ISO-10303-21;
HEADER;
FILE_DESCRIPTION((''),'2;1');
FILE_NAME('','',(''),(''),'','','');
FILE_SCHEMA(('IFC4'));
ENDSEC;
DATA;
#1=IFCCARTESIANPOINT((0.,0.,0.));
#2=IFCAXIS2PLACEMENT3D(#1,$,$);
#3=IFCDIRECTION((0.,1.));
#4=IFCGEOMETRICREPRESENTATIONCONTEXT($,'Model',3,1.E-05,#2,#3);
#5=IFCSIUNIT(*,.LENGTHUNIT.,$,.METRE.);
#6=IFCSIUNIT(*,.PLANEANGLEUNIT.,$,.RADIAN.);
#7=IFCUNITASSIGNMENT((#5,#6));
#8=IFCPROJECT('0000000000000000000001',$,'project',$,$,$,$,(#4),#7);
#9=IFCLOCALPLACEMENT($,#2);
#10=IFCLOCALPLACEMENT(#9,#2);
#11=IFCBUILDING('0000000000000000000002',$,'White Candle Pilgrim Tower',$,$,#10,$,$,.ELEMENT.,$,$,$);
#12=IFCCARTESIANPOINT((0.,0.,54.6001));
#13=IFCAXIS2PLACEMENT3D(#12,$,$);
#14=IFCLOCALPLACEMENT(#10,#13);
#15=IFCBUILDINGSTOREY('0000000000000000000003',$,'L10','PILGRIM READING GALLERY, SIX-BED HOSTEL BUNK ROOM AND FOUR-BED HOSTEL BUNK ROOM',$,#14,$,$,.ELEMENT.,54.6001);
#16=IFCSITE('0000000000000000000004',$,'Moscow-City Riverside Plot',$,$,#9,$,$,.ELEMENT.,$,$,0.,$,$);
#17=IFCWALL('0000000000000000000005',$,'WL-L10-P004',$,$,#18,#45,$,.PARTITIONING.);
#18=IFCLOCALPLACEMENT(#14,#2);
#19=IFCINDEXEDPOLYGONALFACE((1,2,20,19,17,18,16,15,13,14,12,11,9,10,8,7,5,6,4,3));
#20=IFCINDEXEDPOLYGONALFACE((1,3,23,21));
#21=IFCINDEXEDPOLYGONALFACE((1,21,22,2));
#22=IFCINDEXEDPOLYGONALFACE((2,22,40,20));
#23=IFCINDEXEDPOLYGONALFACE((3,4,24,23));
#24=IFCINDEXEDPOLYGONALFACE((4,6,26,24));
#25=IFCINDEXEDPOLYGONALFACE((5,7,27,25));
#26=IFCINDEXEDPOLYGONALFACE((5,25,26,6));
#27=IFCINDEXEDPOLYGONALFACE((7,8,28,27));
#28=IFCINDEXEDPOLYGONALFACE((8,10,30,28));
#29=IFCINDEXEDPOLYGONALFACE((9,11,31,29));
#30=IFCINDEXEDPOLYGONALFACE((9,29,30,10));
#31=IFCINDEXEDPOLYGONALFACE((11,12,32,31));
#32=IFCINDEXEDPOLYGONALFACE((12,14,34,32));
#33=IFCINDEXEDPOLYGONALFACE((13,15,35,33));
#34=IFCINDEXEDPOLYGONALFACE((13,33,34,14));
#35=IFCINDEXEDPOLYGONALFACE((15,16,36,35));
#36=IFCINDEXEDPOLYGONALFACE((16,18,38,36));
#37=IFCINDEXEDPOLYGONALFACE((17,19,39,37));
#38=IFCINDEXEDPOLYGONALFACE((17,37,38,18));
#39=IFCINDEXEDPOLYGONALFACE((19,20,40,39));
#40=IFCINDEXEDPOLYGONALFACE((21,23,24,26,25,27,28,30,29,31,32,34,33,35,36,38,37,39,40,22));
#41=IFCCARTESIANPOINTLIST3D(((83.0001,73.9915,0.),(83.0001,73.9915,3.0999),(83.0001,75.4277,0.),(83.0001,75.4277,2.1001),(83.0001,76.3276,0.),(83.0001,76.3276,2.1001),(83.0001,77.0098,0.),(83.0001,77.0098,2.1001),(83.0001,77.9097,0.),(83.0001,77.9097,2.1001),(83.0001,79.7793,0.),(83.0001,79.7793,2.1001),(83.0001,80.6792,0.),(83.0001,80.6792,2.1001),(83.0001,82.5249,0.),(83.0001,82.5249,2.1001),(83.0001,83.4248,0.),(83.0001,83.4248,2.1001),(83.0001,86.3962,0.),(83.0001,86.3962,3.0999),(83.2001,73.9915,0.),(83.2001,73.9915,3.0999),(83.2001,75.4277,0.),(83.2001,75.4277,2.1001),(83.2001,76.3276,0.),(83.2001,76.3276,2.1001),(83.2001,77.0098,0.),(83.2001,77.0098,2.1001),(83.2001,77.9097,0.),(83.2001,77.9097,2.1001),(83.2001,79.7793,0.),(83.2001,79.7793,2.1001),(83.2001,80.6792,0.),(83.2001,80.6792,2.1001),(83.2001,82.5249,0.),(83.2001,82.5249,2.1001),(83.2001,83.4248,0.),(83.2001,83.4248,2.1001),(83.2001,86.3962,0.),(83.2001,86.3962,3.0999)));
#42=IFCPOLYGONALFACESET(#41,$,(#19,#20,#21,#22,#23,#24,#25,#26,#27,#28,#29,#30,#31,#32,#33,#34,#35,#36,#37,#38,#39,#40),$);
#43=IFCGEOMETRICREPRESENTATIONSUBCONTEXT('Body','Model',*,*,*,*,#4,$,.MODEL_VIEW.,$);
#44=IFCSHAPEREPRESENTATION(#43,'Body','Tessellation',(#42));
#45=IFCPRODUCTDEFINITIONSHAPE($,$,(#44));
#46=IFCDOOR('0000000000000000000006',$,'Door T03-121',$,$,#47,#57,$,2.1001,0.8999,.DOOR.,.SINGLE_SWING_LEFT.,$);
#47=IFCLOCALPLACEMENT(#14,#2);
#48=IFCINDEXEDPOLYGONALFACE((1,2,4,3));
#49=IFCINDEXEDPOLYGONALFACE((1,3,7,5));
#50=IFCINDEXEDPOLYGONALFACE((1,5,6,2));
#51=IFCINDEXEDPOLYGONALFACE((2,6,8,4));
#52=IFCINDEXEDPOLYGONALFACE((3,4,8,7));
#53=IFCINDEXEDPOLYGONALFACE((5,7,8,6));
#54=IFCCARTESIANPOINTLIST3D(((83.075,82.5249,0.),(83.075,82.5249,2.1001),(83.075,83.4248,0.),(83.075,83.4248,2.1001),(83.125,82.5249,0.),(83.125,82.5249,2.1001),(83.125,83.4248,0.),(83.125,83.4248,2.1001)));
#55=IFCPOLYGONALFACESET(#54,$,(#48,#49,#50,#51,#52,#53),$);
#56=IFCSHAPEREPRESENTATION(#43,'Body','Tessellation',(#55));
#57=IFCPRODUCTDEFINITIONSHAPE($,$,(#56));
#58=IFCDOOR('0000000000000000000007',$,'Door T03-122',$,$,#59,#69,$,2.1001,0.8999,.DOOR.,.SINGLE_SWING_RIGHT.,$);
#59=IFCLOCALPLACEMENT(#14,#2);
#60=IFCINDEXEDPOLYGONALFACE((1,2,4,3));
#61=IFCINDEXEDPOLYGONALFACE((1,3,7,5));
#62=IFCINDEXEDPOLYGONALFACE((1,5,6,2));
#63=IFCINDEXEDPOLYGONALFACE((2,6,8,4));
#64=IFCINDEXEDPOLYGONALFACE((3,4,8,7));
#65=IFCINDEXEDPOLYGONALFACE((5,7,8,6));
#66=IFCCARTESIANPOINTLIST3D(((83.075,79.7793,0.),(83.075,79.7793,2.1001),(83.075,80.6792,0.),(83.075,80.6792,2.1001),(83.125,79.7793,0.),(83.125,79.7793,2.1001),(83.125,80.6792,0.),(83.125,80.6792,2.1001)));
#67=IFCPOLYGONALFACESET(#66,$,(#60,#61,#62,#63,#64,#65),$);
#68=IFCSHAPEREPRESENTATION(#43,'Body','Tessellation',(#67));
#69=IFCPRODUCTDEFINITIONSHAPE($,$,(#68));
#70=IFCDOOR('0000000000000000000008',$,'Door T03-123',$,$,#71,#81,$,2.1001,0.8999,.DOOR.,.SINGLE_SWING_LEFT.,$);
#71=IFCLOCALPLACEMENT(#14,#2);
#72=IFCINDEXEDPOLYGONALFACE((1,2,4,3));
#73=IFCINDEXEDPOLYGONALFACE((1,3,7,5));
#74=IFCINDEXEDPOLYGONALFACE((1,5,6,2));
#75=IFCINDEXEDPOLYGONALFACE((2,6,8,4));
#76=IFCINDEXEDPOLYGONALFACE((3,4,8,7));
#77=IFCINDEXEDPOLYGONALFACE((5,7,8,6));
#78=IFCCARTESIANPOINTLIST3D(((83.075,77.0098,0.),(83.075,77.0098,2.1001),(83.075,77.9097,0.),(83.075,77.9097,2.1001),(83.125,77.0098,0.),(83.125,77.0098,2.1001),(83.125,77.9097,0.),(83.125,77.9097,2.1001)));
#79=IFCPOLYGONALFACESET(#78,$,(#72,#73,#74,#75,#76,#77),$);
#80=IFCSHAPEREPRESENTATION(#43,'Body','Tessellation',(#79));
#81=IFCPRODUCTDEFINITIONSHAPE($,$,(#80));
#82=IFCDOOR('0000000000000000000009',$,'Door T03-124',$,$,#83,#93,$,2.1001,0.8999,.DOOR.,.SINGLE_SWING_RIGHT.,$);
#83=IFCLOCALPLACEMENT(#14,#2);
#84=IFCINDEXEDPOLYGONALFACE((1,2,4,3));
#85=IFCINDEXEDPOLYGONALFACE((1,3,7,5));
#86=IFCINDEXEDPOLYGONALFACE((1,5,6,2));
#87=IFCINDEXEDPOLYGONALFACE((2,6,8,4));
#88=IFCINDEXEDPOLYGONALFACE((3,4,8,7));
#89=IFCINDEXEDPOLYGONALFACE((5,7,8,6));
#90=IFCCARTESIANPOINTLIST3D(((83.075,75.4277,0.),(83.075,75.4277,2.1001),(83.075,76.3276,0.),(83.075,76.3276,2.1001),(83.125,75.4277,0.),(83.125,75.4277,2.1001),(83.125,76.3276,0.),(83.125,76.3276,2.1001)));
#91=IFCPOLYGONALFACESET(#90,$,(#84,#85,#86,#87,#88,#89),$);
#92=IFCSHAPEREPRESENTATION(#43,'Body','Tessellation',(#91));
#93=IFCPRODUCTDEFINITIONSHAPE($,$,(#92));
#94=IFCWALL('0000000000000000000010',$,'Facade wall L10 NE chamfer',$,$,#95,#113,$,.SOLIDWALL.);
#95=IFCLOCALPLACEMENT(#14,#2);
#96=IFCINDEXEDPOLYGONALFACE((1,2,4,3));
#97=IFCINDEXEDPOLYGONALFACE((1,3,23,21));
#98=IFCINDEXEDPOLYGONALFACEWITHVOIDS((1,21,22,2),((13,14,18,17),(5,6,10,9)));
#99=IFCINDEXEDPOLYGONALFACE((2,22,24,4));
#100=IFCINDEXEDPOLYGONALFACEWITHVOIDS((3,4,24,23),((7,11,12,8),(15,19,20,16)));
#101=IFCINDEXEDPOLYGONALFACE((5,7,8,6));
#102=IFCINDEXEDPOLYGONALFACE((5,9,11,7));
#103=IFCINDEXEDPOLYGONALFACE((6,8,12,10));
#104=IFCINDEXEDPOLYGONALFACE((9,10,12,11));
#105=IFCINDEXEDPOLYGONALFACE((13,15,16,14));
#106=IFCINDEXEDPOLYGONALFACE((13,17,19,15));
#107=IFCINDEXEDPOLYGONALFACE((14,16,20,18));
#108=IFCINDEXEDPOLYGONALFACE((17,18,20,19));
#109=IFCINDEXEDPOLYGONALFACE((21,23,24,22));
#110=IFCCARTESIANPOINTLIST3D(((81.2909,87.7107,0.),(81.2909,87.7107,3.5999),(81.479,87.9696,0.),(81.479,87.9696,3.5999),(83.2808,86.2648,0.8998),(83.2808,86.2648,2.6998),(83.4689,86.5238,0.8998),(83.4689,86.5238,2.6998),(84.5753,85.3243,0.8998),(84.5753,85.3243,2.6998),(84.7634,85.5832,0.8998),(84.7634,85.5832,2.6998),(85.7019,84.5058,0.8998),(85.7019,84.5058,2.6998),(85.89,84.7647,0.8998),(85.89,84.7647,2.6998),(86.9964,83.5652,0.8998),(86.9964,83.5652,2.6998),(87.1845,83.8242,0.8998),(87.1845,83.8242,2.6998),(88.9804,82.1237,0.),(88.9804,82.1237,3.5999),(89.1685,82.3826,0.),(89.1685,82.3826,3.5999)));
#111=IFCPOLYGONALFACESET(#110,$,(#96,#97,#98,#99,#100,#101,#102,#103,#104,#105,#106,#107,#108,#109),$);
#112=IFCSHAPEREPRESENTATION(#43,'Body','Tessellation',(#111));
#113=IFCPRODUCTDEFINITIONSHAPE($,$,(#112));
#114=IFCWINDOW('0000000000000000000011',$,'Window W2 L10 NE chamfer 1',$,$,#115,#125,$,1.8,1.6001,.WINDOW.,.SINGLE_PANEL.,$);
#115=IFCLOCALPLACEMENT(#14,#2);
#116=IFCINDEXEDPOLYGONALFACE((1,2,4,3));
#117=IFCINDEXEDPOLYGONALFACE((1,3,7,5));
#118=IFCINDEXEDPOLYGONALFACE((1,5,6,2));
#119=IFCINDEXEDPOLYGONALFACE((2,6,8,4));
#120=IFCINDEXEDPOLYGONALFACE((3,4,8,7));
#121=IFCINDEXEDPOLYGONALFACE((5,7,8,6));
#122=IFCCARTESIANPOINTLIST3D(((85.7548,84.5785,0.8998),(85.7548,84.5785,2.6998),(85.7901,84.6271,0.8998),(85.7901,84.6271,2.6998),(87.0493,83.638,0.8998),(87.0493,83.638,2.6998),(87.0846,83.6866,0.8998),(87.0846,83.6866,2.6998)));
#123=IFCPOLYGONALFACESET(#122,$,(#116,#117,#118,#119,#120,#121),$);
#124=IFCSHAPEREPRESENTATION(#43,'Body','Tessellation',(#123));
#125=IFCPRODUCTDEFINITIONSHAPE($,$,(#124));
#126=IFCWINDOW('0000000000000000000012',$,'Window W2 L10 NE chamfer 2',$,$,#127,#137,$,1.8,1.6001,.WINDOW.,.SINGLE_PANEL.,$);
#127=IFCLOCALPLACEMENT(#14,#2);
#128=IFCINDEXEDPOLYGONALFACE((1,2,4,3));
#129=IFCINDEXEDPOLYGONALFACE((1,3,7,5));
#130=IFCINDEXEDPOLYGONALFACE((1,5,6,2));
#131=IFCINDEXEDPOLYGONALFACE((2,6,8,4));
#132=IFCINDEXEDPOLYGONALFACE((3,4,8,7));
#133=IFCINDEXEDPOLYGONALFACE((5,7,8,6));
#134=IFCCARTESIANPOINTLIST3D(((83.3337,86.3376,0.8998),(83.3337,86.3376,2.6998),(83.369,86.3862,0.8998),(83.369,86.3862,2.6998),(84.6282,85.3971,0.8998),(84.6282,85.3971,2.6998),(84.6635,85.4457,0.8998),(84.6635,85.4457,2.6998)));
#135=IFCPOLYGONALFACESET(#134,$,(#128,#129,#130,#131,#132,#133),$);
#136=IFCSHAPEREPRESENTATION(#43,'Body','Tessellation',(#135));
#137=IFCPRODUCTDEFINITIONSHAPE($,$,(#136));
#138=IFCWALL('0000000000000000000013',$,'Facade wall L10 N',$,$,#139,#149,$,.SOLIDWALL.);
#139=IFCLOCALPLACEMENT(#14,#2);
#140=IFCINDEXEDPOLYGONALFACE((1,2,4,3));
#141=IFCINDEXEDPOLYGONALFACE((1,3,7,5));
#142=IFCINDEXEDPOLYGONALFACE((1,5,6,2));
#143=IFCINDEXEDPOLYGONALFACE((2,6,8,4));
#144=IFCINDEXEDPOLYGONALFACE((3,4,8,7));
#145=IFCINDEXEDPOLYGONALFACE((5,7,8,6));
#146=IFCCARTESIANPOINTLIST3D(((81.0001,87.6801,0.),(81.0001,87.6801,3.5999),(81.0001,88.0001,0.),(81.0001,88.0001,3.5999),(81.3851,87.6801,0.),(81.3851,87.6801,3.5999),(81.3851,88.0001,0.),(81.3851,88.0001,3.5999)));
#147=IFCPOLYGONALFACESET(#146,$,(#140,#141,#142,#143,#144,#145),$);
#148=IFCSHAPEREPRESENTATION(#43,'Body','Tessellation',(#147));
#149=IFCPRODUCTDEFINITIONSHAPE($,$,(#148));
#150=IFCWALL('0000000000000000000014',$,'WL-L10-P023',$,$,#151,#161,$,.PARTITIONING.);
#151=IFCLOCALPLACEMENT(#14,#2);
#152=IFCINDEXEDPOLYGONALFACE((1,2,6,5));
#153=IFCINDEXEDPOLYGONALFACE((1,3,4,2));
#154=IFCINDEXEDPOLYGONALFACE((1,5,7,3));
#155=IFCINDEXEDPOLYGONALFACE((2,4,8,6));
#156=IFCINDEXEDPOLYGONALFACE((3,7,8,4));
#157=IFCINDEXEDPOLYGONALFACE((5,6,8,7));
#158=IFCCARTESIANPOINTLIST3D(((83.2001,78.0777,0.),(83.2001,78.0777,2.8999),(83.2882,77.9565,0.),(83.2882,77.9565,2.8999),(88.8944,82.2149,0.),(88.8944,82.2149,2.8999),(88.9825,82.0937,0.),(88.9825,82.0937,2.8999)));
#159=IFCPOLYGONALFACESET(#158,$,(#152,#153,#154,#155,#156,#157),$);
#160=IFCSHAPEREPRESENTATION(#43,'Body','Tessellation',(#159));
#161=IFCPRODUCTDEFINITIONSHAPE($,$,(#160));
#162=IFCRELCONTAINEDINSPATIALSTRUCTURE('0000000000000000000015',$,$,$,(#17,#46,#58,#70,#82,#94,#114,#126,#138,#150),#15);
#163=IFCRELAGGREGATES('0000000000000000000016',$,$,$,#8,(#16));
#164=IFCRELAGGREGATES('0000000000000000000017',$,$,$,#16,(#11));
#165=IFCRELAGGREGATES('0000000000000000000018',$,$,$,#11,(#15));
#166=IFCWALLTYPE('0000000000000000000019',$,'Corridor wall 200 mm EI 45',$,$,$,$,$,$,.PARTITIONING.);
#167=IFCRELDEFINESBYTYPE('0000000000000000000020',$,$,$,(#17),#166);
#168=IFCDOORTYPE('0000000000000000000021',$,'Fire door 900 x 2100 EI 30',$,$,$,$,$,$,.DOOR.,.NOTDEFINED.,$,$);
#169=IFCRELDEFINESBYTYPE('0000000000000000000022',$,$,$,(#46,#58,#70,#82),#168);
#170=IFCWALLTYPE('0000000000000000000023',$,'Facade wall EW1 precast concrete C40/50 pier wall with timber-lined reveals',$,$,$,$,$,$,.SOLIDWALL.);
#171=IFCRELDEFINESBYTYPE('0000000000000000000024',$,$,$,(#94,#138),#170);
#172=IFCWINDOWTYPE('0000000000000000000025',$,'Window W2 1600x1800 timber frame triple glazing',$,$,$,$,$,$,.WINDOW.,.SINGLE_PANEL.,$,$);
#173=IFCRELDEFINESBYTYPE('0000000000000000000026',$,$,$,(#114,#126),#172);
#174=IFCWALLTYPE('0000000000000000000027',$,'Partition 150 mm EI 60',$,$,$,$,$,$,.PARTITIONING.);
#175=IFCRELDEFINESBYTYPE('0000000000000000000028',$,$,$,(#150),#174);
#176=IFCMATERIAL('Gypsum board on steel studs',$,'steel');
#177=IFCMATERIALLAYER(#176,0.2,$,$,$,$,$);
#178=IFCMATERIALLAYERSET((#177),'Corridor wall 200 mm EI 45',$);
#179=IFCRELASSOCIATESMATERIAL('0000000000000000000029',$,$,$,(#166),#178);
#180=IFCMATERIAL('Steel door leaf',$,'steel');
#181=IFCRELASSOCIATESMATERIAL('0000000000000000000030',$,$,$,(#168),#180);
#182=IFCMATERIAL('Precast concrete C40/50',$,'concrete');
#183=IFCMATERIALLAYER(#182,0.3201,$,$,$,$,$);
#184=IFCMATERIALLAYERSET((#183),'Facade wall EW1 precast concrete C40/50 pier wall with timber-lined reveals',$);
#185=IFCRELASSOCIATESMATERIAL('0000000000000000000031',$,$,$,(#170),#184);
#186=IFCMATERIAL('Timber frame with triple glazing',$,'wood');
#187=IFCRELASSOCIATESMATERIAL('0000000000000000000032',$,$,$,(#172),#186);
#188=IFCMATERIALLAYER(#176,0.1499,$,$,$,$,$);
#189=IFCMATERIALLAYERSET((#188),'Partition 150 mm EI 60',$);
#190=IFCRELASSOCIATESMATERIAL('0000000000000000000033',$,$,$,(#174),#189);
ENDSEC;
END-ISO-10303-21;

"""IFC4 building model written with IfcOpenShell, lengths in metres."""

from ifc_helpers import new_model, si_unit, direction, frame, frame_2d, origin, place, context, subcontext, project, spatial, rectangle, extrude, material, layer, layer_set, type_object, element, fill, save


model = new_model("IFC4")

# Units and contexts
model_context = context("Model", 3, precision=1e-05, world=origin(), true_north=direction((0.0, 1.0)))
body_context = subcontext(model_context, "Body", "Model", "MODEL_VIEW")
ifc_project = project(units=[si_unit("LENGTHUNIT", "METRE"), si_unit("PLANEANGLEUNIT", "RADIAN")], contexts=[model_context])

# Site, building, storey
site_placement = place(None, origin())
site = spatial("IfcSite", under=ifc_project, at=site_placement, Name="Moscow-City Riverside Plot", CompositionType="ELEMENT", RefElevation=0.0)
building_placement = place(site_placement, origin())
building = spatial("IfcBuilding", under=site, at=building_placement, Name="White Candle Pilgrim Tower", CompositionType="ELEMENT")
storey_placement = place(building_placement, frame((0.0, 0.0, 54.6001)))
storey = spatial("IfcBuildingStorey", under=building, at=storey_placement, Name="L10", Description="PILGRIM READING GALLERY, SIX-BED HOSTEL BUNK ROOM AND FOUR-BED HOSTEL BUNK ROOM", CompositionType="ELEMENT", Elevation=54.6001)

# Shared definitions
ifc_material_1 = material(Name="Steel door leaf", Category="steel")

# Wall, openings, doors
ifc_material_2 = material(Name="Gypsum board on steel studs", Category="steel")
ifc_layer_1 = layer(ifc_material_2, 0.2)
ifc_layer_set_1 = layer_set([ifc_layer_1], Name="Corridor wall 200 mm EI 45")
wall_type_1 = type_object("IfcWallType", Name="Corridor wall 200 mm EI 45", PredefinedType="PARTITIONING", material=ifc_layer_set_1)
wall_1_placement = place(storey_placement, frame((83.1001, 86.3962, 0.0), z_axis=(0.0, 0.0, 1.0), x_axis=(0.0, -1.0, 0.0)))
wall_1 = element("IfcWall", 1, at=wall_1_placement, inside=storey, type_object=wall_type_1, Name="WL-L10-P004", PredefinedType="PARTITIONING", context=body_context, shape_type="SweptSolid", body=[
    extrude(rectangle(XDim=12.4048, YDim=0.2, at=frame_2d((6.2024, 0.0))), origin(), (0.0, 0.0, 1.0), 3.0999),
])
opening_1_placement = place(wall_1_placement, frame((2.9714, 0.0, 0.0)))
opening_1 = element("IfcOpeningElement", 2, at=opening_1_placement, cuts=wall_1, PredefinedType="OPENING", context=body_context, shape_type="SweptSolid", body=[
    extrude(rectangle(XDim=0.8999, YDim=2.1001, at=frame_2d((0.45, 1.05))), frame((0.0, 0.1099, 0.0), z_axis=(0.0, -1.0, 0.0), x_axis=(1.0, 0.0, 0.0)), (0.0, 0.0, 1.0), 0.22),
])
opening_2_placement = place(wall_1_placement, frame((5.717, 0.0, 0.0)))
opening_2 = element("IfcOpeningElement", 3, at=opening_2_placement, cuts=wall_1, PredefinedType="OPENING", context=body_context, shape_type="SweptSolid", body=[
    extrude(rectangle(XDim=0.8999, YDim=2.1001, at=frame_2d((0.45, 1.05))), frame((0.0, 0.1099, 0.0), z_axis=(0.0, -1.0, 0.0), x_axis=(1.0, 0.0, 0.0)), (0.0, 0.0, 1.0), 0.22),
])
opening_3_placement = place(wall_1_placement, frame((8.4866, 0.0, 0.0)))
opening_3 = element("IfcOpeningElement", 4, at=opening_3_placement, cuts=wall_1, PredefinedType="OPENING", context=body_context, shape_type="SweptSolid", body=[
    extrude(rectangle(XDim=0.8999, YDim=2.1001, at=frame_2d((0.45, 1.05))), frame((0.0, 0.1099, 0.0), z_axis=(0.0, -1.0, 0.0), x_axis=(1.0, 0.0, 0.0)), (0.0, 0.0, 1.0), 0.22),
])
opening_4_placement = place(wall_1_placement, frame((10.0686, 0.0, 0.0)))
opening_4 = element("IfcOpeningElement", 5, at=opening_4_placement, cuts=wall_1, PredefinedType="OPENING", context=body_context, shape_type="SweptSolid", body=[
    extrude(rectangle(XDim=0.8999, YDim=2.1001, at=frame_2d((0.45, 1.05))), frame((0.0, 0.1099, 0.0), z_axis=(0.0, -1.0, 0.0), x_axis=(1.0, 0.0, 0.0)), (0.0, 0.0, 1.0), 0.22),
])
door_type_1 = type_object("IfcDoorType", Name="Fire door 900 x 2100 EI 30", OperationType="NOTDEFINED", PredefinedType="DOOR", material=ifc_material_1)
door_1_placement = place(opening_1_placement, origin())
door_1 = element("IfcDoor", 6, at=door_1_placement, inside=storey, type_object=door_type_1, Name="Door T03-121", OperationType="SINGLE_SWING_LEFT", OverallHeight=2.1001, OverallWidth=0.8999, PredefinedType="DOOR", context=body_context, shape_type="SweptSolid", body=[
    extrude(rectangle(XDim=0.8999, YDim=2.1001, at=frame_2d((0.45, 1.05))), frame((0.0, 0.0249, 0.0), z_axis=(0.0, -1.0, 0.0), x_axis=(1.0, 0.0, 0.0)), (0.0, 0.0, 1.0), 0.05),
])
fill(opening_1, door_1)
door_2_placement = place(opening_2_placement, origin())
door_2 = element("IfcDoor", 7, at=door_2_placement, inside=storey, type_object=door_type_1, Name="Door T03-122", OperationType="SINGLE_SWING_RIGHT", OverallHeight=2.1001, OverallWidth=0.8999, PredefinedType="DOOR", context=body_context, shape_type="SweptSolid", body=[
    extrude(rectangle(XDim=0.8999, YDim=2.1001, at=frame_2d((0.45, 1.05))), frame((0.0, 0.0249, 0.0), z_axis=(0.0, -1.0, 0.0), x_axis=(1.0, 0.0, 0.0)), (0.0, 0.0, 1.0), 0.05),
])
fill(opening_2, door_2)
door_3_placement = place(opening_3_placement, origin())
door_3 = element("IfcDoor", 8, at=door_3_placement, inside=storey, type_object=door_type_1, Name="Door T03-123", OperationType="SINGLE_SWING_LEFT", OverallHeight=2.1001, OverallWidth=0.8999, PredefinedType="DOOR", context=body_context, shape_type="SweptSolid", body=[
    extrude(rectangle(XDim=0.8999, YDim=2.1001, at=frame_2d((0.45, 1.05))), frame((0.0, 0.0249, 0.0), z_axis=(0.0, -1.0, 0.0), x_axis=(1.0, 0.0, 0.0)), (0.0, 0.0, 1.0), 0.05),
])
fill(opening_3, door_3)
door_4_placement = place(opening_4_placement, origin())
door_4 = element("IfcDoor", 9, at=door_4_placement, inside=storey, type_object=door_type_1, Name="Door T03-124", OperationType="SINGLE_SWING_RIGHT", OverallHeight=2.1001, OverallWidth=0.8999, PredefinedType="DOOR", context=body_context, shape_type="SweptSolid", body=[
    extrude(rectangle(XDim=0.8999, YDim=2.1001, at=frame_2d((0.45, 1.05))), frame((0.0, 0.0249, 0.0), z_axis=(0.0, -1.0, 0.0), x_axis=(1.0, 0.0, 0.0)), (0.0, 0.0, 1.0), 0.05),
])
fill(opening_4, door_4)

# Wall, openings, windows
ifc_material_3 = material(Name="Precast concrete C40/50", Category="concrete")
ifc_layer_2 = layer(ifc_material_3, 0.3201)
ifc_layer_set_2 = layer_set([ifc_layer_2], Name="Facade wall EW1 precast concrete C40/50 pier wall with timber-lined reveals")
wall_type_2 = type_object("IfcWallType", Name="Facade wall EW1 precast concrete C40/50 pier wall with timber-lined reveals", PredefinedType="SOLIDWALL", material=ifc_layer_set_2)
wall_2_placement = place(storey_placement, frame((89.0745, 82.2532, 0.0), z_axis=(0.0, 0.0, 1.0), x_axis=(-0.809007, 0.587799, 0.0)))
wall_2 = element("IfcWall", 10, at=wall_2_placement, inside=storey, type_object=wall_type_2, Name="Facade wall L10 NE chamfer", PredefinedType="SOLIDWALL", context=body_context, shape_type="SweptSolid", body=[
    extrude(rectangle(XDim=9.5049, YDim=0.3201, at=frame_2d((4.7524, 0.0))), origin(), (0.0, 0.0, 1.0), 3.5999),
])
opening_5_placement = place(wall_2_placement, frame((2.4524, 0.0, 0.8999)))
opening_5 = element("IfcOpeningElement", 11, at=opening_5_placement, cuts=wall_2, PredefinedType="OPENING", context=body_context, shape_type="SweptSolid", body=[
    extrude(rectangle(XDim=1.6001, YDim=1.8, at=frame_2d((0.8, 0.8999))), frame((0.0, 0.1699, 0.0), z_axis=(0.0, -1.0, 0.0), x_axis=(1.0, 0.0, 0.0)), (0.0, 0.0, 1.0), 0.3401),
])
opening_6_placement = place(wall_2_placement, frame((5.4451, 0.0, 0.8999)))
opening_6 = element("IfcOpeningElement", 12, at=opening_6_placement, cuts=wall_2, PredefinedType="OPENING", context=body_context, shape_type="SweptSolid", body=[
    extrude(rectangle(XDim=1.6001, YDim=1.8, at=frame_2d((0.8, 0.8999))), frame((0.0, 0.1699, 0.0), z_axis=(0.0, -1.0, 0.0), x_axis=(1.0, 0.0, 0.0)), (0.0, 0.0, 1.0), 0.3401),
])
ifc_material_4 = material(Name="Timber frame with triple glazing", Category="wood")
window_type = type_object("IfcWindowType", Name="Window W2 1600x1800 timber frame triple glazing", PartitioningType="SINGLE_PANEL", PredefinedType="WINDOW", material=ifc_material_4)
window_1_placement = place(opening_5_placement, origin())
window_1 = element("IfcWindow", 13, at=window_1_placement, inside=storey, type_object=window_type, Name="Window W2 L10 NE chamfer 1", OverallHeight=1.8, OverallWidth=1.6001, PartitioningType="SINGLE_PANEL", PredefinedType="WINDOW", context=body_context, shape_type="SweptSolid", body=[
    extrude(rectangle(XDim=1.6001, YDim=1.8, at=frame_2d((0.8, 0.8999))), frame((0.0, 0.0701, 0.0), z_axis=(0.0, -1.0, 0.0), x_axis=(1.0, 0.0, 0.0)), (0.0, 0.0, 1.0), 0.0601),
])
fill(opening_5, window_1)
window_2_placement = place(opening_6_placement, origin())
window_2 = element("IfcWindow", 14, at=window_2_placement, inside=storey, type_object=window_type, Name="Window W2 L10 NE chamfer 2", OverallHeight=1.8, OverallWidth=1.6001, PartitioningType="SINGLE_PANEL", PredefinedType="WINDOW", context=body_context, shape_type="SweptSolid", body=[
    extrude(rectangle(XDim=1.6001, YDim=1.8, at=frame_2d((0.8, 0.8999))), frame((0.0, 0.0701, 0.0), z_axis=(0.0, -1.0, 0.0), x_axis=(1.0, 0.0, 0.0)), (0.0, 0.0, 1.0), 0.0601),
])
fill(opening_6, window_2)

# Walls
wall_3_placement = place(storey_placement, frame((81.385, 87.8401, 0.0), z_axis=(0.0, 0.0, 1.0), x_axis=(-1.0, 0.0, 0.0)))
element("IfcWall", 15, at=wall_3_placement, inside=storey, type_object=wall_type_2, Name="Facade wall L10 N", PredefinedType="SOLIDWALL", context=body_context, shape_type="SweptSolid", body=[
    extrude(rectangle(XDim=0.385, YDim=0.3201, at=frame_2d((0.1924, 0.0))), origin(), (0.0, 0.0, 1.0), 3.5999),
])
ifc_layer_3 = layer(ifc_material_2, 0.1499)
ifc_layer_set_3 = layer_set([ifc_layer_3], Name="Partition 150 mm EI 60")
wall_type_3 = type_object("IfcWallType", Name="Partition 150 mm EI 60", PredefinedType="PARTITIONING", material=ifc_layer_set_3)
wall_4_placement = place(storey_placement, frame((88.9385, 82.1543, 0.0), z_axis=(0.0, 0.0, 1.0), x_axis=(-0.809015, -0.587788, 0.0)))
element("IfcWall", 16, at=wall_4_placement, inside=storey, type_object=wall_type_3, Name="WL-L10-P023", PredefinedType="PARTITIONING", context=body_context, shape_type="SweptSolid", body=[
    extrude(rectangle(XDim=7.0386, YDim=0.1499, at=frame_2d((3.5193, 0.0))), origin(), (0.0, 0.0, 1.0), 2.8999),
])

save(model, "model.ifc")
